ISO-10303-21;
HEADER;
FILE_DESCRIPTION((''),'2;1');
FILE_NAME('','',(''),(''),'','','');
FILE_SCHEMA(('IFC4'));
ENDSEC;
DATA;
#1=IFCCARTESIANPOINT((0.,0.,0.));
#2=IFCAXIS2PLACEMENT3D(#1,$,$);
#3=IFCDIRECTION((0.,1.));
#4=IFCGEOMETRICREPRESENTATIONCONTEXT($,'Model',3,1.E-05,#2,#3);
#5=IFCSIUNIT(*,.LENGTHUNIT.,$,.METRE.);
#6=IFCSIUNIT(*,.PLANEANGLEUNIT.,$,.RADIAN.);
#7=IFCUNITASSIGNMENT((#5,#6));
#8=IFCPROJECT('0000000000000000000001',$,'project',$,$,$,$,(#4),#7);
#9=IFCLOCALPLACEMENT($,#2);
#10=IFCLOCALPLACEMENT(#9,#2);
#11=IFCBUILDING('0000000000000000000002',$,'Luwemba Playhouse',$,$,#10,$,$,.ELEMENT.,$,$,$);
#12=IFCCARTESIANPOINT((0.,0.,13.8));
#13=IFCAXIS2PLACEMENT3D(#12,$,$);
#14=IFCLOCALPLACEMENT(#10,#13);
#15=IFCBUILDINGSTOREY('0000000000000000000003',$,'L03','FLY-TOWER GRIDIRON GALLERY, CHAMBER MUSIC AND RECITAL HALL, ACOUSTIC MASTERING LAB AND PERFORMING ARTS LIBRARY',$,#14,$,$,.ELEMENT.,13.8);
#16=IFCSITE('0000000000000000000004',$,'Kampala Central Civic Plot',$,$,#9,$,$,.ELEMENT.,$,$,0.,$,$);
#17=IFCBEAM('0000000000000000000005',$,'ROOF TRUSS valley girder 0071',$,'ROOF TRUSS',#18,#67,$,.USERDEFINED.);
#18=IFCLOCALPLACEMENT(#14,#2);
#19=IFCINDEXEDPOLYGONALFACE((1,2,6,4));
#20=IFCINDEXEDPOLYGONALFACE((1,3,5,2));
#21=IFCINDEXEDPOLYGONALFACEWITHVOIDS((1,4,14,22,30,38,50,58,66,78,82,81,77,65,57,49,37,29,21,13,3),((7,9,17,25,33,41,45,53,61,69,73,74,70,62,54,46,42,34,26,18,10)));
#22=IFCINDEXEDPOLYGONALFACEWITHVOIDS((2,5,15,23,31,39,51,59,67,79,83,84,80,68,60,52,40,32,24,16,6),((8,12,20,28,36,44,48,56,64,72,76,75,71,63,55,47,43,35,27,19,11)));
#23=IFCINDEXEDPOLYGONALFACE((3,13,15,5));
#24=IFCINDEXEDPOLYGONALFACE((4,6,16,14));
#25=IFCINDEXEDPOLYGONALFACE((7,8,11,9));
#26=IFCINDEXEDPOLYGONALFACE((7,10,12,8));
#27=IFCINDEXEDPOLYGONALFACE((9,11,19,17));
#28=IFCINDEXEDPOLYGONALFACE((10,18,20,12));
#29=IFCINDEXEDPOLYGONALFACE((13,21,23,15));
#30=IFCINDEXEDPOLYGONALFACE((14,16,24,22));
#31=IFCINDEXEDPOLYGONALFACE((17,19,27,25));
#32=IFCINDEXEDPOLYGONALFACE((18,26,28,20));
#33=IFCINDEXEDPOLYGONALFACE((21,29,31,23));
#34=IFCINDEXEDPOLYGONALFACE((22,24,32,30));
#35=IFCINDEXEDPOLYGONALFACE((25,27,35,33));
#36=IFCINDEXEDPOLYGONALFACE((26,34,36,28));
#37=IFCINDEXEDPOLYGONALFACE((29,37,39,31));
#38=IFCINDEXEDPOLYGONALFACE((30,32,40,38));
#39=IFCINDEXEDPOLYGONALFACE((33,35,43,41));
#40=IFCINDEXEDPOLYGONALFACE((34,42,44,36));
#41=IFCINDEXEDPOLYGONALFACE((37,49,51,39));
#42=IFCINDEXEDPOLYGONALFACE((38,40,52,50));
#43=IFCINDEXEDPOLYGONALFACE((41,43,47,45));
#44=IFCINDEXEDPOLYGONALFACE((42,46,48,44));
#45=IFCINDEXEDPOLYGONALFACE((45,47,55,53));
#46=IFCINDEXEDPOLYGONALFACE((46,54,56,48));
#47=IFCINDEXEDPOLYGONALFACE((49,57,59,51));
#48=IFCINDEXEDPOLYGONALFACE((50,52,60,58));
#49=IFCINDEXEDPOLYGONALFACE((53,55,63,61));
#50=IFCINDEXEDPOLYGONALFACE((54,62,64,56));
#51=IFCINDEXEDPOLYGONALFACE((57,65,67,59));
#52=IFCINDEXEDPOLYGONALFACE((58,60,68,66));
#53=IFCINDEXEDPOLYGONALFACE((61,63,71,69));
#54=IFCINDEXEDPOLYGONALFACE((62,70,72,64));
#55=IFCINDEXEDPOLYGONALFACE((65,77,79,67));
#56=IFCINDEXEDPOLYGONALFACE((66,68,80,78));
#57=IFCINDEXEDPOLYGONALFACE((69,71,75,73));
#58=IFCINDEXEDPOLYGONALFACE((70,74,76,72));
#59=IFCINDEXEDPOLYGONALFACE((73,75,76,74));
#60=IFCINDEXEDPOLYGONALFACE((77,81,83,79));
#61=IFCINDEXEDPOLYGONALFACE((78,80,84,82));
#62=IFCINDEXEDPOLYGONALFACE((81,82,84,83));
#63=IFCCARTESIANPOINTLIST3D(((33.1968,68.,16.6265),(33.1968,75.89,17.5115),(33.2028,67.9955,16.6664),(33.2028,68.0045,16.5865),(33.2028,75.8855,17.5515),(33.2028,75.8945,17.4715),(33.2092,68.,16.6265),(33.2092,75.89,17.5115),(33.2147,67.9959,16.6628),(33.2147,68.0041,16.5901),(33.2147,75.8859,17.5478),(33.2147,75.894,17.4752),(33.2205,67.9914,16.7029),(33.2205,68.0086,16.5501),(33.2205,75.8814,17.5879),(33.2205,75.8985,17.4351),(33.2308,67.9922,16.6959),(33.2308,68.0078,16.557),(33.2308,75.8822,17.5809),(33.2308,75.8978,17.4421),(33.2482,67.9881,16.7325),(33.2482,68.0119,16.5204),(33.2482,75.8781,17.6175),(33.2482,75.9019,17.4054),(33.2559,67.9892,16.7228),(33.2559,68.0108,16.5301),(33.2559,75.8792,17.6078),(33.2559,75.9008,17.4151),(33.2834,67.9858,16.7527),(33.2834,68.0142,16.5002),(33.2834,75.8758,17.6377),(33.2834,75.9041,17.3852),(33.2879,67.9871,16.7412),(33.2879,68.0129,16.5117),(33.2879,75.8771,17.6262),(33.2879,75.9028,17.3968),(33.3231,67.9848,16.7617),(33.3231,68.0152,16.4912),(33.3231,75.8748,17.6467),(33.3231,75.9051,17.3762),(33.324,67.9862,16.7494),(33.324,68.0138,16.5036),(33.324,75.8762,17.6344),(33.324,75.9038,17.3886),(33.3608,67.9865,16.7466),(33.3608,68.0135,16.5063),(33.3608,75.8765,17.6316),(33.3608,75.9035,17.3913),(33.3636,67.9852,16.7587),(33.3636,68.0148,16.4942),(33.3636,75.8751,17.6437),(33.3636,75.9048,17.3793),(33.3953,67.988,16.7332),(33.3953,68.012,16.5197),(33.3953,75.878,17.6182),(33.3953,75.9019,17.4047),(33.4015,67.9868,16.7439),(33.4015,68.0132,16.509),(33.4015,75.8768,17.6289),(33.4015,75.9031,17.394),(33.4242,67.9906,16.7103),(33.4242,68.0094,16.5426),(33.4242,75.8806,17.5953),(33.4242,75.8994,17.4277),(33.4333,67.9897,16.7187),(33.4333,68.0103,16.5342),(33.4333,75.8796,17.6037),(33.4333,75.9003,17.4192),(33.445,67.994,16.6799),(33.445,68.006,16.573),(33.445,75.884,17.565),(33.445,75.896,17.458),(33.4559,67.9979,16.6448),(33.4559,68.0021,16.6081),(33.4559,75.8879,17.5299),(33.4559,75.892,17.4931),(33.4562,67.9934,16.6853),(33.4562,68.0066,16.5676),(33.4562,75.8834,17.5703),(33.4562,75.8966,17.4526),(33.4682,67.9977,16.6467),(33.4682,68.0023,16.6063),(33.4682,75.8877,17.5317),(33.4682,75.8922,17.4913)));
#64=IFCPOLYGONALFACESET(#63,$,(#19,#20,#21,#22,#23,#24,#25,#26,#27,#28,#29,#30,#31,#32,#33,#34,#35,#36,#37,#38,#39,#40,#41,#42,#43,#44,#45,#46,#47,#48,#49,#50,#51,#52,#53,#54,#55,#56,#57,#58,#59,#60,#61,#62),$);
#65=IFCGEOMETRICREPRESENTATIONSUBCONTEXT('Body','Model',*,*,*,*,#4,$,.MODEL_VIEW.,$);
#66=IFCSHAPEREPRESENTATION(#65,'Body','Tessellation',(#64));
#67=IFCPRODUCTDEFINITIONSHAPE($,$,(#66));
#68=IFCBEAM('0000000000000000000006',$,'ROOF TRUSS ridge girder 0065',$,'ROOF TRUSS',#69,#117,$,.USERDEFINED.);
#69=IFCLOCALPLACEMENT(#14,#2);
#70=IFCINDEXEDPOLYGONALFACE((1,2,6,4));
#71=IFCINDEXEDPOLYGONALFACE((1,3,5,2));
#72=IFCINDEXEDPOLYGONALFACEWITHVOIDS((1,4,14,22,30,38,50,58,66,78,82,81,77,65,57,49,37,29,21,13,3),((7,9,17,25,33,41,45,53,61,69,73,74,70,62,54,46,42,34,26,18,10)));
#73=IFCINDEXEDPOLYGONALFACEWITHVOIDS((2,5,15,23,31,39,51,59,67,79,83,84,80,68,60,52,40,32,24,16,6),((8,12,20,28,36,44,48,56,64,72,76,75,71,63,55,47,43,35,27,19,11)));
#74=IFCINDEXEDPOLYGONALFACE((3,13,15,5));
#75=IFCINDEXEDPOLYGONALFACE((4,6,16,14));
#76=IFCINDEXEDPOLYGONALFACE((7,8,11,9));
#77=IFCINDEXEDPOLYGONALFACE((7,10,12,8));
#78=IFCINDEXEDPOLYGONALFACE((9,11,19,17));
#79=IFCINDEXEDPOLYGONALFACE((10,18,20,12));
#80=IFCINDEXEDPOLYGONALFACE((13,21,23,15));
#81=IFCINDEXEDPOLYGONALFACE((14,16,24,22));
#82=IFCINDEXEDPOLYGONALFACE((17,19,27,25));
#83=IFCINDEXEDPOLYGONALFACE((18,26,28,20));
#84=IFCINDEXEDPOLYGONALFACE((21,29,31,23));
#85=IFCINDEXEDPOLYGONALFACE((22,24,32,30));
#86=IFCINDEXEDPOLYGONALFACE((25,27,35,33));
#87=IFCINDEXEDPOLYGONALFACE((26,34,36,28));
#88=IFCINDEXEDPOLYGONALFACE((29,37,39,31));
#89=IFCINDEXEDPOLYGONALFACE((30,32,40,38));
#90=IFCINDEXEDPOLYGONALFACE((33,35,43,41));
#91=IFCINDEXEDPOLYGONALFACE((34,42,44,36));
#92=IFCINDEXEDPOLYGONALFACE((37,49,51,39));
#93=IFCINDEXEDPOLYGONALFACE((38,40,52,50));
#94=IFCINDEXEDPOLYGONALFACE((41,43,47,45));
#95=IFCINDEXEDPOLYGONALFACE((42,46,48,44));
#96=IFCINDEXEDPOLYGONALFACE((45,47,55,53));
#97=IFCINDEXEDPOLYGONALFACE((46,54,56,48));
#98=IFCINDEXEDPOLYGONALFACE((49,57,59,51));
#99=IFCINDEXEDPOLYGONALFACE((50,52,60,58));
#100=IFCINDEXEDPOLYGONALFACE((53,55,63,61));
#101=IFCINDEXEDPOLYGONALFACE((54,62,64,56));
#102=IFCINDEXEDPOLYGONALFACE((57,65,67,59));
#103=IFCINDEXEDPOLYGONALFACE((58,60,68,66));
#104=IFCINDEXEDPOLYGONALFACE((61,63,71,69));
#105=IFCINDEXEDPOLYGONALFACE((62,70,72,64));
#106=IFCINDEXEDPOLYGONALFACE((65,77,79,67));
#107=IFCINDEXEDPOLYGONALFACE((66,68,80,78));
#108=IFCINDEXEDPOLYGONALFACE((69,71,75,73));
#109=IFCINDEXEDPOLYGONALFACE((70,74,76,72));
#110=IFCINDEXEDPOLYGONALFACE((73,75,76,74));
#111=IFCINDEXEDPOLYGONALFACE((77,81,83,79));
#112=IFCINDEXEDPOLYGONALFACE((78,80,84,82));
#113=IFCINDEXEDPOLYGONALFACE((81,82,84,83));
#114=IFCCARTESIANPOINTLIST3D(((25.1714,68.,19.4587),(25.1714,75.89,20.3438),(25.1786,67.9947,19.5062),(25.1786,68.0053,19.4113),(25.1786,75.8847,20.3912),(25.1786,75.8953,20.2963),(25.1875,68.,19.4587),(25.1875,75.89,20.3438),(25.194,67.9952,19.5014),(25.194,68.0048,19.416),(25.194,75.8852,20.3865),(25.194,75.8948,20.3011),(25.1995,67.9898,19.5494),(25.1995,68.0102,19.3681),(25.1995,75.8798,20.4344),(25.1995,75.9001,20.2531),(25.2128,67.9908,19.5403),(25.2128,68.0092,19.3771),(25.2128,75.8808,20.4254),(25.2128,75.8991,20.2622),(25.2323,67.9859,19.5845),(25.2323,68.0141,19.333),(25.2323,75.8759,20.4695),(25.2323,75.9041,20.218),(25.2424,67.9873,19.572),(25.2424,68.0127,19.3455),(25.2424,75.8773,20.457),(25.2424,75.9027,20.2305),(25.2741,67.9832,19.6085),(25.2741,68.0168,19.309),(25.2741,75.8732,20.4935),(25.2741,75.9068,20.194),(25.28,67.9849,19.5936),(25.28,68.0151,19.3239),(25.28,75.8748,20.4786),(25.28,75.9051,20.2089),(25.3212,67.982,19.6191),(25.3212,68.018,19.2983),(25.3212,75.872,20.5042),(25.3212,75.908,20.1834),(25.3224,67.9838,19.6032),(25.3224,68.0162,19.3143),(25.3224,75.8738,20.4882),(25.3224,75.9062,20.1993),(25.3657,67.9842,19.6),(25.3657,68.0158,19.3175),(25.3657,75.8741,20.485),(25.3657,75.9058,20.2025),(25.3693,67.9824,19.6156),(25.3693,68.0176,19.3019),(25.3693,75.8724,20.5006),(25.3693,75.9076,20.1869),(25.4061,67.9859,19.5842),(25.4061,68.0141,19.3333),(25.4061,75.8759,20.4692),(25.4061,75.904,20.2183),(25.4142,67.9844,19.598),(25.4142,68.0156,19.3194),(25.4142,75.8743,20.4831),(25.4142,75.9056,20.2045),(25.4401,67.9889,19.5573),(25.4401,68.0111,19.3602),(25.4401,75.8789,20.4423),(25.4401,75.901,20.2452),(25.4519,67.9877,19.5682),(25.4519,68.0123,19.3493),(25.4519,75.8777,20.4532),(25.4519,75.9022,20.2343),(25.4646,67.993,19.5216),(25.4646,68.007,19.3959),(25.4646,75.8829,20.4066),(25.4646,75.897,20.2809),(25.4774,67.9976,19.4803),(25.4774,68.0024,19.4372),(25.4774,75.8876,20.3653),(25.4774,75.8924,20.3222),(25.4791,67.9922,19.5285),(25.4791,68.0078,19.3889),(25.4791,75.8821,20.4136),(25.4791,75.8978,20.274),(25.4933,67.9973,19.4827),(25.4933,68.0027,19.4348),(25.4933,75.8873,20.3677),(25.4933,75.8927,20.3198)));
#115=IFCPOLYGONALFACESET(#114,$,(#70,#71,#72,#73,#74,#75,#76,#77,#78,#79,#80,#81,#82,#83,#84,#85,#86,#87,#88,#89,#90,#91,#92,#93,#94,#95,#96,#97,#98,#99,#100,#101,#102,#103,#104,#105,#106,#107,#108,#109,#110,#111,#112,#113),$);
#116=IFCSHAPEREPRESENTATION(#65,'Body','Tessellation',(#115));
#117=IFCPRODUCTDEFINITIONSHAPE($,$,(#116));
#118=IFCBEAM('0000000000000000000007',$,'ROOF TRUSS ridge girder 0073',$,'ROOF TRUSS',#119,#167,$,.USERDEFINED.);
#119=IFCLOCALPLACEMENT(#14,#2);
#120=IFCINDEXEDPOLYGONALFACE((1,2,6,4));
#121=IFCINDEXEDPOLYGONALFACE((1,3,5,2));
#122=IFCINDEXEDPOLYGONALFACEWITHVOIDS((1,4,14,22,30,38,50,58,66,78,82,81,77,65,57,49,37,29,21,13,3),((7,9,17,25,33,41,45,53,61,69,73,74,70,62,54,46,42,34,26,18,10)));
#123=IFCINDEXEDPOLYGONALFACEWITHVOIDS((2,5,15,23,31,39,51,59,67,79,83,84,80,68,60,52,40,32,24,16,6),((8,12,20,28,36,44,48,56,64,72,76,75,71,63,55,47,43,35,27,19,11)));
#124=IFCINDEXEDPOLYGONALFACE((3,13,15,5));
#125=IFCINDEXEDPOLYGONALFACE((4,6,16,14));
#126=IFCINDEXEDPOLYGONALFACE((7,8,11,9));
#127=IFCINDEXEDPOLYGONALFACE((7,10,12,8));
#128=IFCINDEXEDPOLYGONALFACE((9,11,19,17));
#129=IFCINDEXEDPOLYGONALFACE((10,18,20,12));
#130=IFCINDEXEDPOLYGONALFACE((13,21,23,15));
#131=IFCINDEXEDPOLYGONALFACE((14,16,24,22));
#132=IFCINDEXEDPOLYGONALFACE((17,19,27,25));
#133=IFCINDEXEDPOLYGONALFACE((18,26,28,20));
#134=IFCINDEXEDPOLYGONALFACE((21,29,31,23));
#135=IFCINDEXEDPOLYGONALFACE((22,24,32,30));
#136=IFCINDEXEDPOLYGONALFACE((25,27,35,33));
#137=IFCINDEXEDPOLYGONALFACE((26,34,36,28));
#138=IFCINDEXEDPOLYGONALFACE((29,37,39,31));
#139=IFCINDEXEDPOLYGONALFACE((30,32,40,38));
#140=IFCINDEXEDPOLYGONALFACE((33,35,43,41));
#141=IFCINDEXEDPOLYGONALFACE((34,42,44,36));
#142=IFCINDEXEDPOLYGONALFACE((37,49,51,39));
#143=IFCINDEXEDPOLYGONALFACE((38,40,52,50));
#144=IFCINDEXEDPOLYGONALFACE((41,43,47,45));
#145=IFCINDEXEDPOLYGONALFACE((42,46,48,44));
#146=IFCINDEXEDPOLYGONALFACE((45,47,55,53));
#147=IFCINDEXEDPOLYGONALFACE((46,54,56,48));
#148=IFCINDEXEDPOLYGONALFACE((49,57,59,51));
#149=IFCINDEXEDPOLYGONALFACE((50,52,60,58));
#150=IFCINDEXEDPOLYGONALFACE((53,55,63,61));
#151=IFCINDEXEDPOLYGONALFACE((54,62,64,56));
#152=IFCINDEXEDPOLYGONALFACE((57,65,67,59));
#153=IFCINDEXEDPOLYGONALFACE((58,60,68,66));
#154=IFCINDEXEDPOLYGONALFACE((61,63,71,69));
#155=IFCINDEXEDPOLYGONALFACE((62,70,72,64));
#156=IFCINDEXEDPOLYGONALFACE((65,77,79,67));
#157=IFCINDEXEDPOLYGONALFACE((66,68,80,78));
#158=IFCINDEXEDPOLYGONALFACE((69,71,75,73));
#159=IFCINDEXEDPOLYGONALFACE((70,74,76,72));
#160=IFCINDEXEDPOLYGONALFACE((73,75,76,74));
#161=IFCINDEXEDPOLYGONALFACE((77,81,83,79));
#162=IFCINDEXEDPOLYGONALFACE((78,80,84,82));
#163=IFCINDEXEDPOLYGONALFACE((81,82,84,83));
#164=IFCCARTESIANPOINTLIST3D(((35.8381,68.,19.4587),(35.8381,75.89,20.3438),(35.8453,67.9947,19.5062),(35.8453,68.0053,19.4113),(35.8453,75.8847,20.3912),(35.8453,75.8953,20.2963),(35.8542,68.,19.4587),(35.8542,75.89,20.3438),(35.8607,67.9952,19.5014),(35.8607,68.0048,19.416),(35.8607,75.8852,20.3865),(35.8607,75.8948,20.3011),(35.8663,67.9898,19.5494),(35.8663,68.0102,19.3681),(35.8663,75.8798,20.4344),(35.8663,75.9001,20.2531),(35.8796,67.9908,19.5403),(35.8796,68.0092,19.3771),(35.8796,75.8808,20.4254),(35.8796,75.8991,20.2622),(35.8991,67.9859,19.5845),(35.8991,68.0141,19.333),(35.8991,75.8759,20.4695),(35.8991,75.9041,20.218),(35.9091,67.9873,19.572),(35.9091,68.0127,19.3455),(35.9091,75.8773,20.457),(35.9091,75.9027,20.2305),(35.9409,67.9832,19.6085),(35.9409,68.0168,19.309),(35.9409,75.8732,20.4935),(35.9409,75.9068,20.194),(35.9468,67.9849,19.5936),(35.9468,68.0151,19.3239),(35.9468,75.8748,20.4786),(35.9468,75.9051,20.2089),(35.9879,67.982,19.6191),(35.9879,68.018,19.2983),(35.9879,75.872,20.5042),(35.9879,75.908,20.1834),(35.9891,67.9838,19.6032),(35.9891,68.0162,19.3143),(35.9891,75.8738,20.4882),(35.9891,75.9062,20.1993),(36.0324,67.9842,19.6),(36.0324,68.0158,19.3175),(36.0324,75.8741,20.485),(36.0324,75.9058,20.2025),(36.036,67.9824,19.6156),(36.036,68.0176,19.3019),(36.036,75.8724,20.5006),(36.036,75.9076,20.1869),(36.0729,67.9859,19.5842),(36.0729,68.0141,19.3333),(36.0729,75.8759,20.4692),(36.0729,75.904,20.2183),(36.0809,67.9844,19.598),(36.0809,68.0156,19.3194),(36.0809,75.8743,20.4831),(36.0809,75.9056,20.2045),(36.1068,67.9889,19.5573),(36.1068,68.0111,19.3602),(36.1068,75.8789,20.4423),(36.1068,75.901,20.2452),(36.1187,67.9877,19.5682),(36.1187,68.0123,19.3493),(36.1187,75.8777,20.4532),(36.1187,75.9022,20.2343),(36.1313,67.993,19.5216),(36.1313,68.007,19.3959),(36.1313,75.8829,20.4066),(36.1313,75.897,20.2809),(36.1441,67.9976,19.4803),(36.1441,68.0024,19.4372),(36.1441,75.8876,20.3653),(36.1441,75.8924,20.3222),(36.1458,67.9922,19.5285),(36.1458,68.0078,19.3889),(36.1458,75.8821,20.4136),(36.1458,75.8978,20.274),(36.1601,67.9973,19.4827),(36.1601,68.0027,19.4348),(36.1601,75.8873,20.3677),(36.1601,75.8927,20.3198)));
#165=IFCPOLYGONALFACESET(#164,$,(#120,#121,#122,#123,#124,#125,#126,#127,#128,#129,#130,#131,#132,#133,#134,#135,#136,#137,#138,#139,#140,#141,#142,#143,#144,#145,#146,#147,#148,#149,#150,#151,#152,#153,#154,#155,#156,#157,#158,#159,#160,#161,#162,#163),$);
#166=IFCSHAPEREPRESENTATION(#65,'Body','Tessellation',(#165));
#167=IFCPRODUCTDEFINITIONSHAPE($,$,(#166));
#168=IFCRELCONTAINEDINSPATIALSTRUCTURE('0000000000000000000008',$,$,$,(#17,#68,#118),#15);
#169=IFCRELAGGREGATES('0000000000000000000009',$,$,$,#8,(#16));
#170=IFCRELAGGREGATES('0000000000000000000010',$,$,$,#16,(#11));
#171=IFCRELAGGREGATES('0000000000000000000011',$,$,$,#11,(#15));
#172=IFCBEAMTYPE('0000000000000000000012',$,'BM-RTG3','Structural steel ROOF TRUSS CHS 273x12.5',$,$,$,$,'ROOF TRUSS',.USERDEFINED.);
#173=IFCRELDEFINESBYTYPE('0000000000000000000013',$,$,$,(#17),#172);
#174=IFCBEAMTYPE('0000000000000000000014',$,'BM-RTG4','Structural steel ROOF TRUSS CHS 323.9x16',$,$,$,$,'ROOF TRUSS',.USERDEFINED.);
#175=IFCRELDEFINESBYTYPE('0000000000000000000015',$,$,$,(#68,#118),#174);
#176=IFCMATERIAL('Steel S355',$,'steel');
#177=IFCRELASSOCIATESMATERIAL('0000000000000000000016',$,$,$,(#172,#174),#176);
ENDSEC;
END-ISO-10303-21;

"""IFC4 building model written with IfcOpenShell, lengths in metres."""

from ifc_helpers import new_model, si_unit, direction, frame, origin, origin_2d, place, context, subcontext, project, spatial, hollow_circle, extrude, material, material_profile, profile_set, type_object, element, save


model = new_model("IFC4")

# Units and contexts
model_context = context("Model", 3, precision=1e-05, world=origin(), true_north=direction((0.0, 1.0)))
body_context = subcontext(model_context, "Body", "Model", "MODEL_VIEW")
ifc_project = project(units=[si_unit("LENGTHUNIT", "METRE"), si_unit("PLANEANGLEUNIT", "RADIAN")], contexts=[model_context])

# Site, building, storey
site_placement = place(None, origin())
site = spatial("IfcSite", under=ifc_project, at=site_placement, Name="Kampala Central Civic Plot", CompositionType="ELEMENT", RefElevation=0.0)
building_placement = place(site_placement, origin())
building = spatial("IfcBuilding", under=site, at=building_placement, Name="Luwemba Playhouse", CompositionType="ELEMENT")
storey_placement = place(building_placement, frame((0.0, 0.0, 13.8)))
storey = spatial("IfcBuildingStorey", under=building, at=storey_placement, Name="L03", Description="FLY-TOWER GRIDIRON GALLERY, CHAMBER MUSIC AND RECITAL HALL, ACOUSTIC MASTERING LAB AND PERFORMING ARTS LIBRARY", CompositionType="ELEMENT", Elevation=13.8)

# Beams
ifc_material_1 = material(Name="Steel S355", Category="steel")
ifc_material_profile_1 = material_profile(ifc_material_1, hollow_circle(Radius=0.1365, WallThickness=0.0125, at=origin_2d()))
ifc_profile_set_1 = profile_set([ifc_material_profile_1], Name="Steel S355")
beam_type_1 = type_object("IfcBeamType", Name="BM-RTG3", Description="Structural steel ROOF TRUSS CHS 273x12.5", ElementType="ROOF TRUSS", PredefinedType="USERDEFINED", material=ifc_profile_set_1)
for number, where, z_axis, x_axis, name in (
    (1, (33.3333, 68.0, 16.6265), (0.0, 0.993768, 0.111471), (-1.0, 0.0, 0.0), "ROOF TRUSS valley girder 0071"),
):
    element("IfcBeam", number, at=place(storey_placement, frame(where, z_axis=z_axis, x_axis=x_axis)), inside=storey, type_object=beam_type_1, Name=name, ObjectType="ROOF TRUSS", PredefinedType="USERDEFINED", context=body_context, shape_type="SweptSolid", body=[
        extrude(hollow_circle(Radius=0.1365, WallThickness=0.0125, at=origin_2d()), origin(), (0.0, 0.0, 1.0), 7.9395),
    ])
ifc_material_profile_2 = material_profile(ifc_material_1, hollow_circle(Radius=0.1619, WallThickness=0.0161, at=origin_2d()))
ifc_profile_set_2 = profile_set([ifc_material_profile_2], Name="Steel S355")
beam_type_2 = type_object("IfcBeamType", Name="BM-RTG4", Description="Structural steel ROOF TRUSS CHS 323.9x16", ElementType="ROOF TRUSS", PredefinedType="USERDEFINED", material=ifc_profile_set_2)
for number, where, z_axis, x_axis, name in (
    (2, (25.3333, 68.0, 19.4587), (0.0, 0.993768, 0.111471), (-1.0, 0.0, 0.0), "ROOF TRUSS ridge girder 0065"),
    (3, (36.0, 68.0, 19.4587), (0.0, 0.993768, 0.111471), (-1.0, 0.0, 0.0), "ROOF TRUSS ridge girder 0073"),
):
    element("IfcBeam", number, at=place(storey_placement, frame(where, z_axis=z_axis, x_axis=x_axis)), inside=storey, type_object=beam_type_2, Name=name, ObjectType="ROOF TRUSS", PredefinedType="USERDEFINED", context=body_context, shape_type="SweptSolid", body=[
        extrude(hollow_circle(Radius=0.1619, WallThickness=0.0161, at=origin_2d()), origin(), (0.0, 0.0, 1.0), 7.9395),
    ])

save(model, "model.ifc")
